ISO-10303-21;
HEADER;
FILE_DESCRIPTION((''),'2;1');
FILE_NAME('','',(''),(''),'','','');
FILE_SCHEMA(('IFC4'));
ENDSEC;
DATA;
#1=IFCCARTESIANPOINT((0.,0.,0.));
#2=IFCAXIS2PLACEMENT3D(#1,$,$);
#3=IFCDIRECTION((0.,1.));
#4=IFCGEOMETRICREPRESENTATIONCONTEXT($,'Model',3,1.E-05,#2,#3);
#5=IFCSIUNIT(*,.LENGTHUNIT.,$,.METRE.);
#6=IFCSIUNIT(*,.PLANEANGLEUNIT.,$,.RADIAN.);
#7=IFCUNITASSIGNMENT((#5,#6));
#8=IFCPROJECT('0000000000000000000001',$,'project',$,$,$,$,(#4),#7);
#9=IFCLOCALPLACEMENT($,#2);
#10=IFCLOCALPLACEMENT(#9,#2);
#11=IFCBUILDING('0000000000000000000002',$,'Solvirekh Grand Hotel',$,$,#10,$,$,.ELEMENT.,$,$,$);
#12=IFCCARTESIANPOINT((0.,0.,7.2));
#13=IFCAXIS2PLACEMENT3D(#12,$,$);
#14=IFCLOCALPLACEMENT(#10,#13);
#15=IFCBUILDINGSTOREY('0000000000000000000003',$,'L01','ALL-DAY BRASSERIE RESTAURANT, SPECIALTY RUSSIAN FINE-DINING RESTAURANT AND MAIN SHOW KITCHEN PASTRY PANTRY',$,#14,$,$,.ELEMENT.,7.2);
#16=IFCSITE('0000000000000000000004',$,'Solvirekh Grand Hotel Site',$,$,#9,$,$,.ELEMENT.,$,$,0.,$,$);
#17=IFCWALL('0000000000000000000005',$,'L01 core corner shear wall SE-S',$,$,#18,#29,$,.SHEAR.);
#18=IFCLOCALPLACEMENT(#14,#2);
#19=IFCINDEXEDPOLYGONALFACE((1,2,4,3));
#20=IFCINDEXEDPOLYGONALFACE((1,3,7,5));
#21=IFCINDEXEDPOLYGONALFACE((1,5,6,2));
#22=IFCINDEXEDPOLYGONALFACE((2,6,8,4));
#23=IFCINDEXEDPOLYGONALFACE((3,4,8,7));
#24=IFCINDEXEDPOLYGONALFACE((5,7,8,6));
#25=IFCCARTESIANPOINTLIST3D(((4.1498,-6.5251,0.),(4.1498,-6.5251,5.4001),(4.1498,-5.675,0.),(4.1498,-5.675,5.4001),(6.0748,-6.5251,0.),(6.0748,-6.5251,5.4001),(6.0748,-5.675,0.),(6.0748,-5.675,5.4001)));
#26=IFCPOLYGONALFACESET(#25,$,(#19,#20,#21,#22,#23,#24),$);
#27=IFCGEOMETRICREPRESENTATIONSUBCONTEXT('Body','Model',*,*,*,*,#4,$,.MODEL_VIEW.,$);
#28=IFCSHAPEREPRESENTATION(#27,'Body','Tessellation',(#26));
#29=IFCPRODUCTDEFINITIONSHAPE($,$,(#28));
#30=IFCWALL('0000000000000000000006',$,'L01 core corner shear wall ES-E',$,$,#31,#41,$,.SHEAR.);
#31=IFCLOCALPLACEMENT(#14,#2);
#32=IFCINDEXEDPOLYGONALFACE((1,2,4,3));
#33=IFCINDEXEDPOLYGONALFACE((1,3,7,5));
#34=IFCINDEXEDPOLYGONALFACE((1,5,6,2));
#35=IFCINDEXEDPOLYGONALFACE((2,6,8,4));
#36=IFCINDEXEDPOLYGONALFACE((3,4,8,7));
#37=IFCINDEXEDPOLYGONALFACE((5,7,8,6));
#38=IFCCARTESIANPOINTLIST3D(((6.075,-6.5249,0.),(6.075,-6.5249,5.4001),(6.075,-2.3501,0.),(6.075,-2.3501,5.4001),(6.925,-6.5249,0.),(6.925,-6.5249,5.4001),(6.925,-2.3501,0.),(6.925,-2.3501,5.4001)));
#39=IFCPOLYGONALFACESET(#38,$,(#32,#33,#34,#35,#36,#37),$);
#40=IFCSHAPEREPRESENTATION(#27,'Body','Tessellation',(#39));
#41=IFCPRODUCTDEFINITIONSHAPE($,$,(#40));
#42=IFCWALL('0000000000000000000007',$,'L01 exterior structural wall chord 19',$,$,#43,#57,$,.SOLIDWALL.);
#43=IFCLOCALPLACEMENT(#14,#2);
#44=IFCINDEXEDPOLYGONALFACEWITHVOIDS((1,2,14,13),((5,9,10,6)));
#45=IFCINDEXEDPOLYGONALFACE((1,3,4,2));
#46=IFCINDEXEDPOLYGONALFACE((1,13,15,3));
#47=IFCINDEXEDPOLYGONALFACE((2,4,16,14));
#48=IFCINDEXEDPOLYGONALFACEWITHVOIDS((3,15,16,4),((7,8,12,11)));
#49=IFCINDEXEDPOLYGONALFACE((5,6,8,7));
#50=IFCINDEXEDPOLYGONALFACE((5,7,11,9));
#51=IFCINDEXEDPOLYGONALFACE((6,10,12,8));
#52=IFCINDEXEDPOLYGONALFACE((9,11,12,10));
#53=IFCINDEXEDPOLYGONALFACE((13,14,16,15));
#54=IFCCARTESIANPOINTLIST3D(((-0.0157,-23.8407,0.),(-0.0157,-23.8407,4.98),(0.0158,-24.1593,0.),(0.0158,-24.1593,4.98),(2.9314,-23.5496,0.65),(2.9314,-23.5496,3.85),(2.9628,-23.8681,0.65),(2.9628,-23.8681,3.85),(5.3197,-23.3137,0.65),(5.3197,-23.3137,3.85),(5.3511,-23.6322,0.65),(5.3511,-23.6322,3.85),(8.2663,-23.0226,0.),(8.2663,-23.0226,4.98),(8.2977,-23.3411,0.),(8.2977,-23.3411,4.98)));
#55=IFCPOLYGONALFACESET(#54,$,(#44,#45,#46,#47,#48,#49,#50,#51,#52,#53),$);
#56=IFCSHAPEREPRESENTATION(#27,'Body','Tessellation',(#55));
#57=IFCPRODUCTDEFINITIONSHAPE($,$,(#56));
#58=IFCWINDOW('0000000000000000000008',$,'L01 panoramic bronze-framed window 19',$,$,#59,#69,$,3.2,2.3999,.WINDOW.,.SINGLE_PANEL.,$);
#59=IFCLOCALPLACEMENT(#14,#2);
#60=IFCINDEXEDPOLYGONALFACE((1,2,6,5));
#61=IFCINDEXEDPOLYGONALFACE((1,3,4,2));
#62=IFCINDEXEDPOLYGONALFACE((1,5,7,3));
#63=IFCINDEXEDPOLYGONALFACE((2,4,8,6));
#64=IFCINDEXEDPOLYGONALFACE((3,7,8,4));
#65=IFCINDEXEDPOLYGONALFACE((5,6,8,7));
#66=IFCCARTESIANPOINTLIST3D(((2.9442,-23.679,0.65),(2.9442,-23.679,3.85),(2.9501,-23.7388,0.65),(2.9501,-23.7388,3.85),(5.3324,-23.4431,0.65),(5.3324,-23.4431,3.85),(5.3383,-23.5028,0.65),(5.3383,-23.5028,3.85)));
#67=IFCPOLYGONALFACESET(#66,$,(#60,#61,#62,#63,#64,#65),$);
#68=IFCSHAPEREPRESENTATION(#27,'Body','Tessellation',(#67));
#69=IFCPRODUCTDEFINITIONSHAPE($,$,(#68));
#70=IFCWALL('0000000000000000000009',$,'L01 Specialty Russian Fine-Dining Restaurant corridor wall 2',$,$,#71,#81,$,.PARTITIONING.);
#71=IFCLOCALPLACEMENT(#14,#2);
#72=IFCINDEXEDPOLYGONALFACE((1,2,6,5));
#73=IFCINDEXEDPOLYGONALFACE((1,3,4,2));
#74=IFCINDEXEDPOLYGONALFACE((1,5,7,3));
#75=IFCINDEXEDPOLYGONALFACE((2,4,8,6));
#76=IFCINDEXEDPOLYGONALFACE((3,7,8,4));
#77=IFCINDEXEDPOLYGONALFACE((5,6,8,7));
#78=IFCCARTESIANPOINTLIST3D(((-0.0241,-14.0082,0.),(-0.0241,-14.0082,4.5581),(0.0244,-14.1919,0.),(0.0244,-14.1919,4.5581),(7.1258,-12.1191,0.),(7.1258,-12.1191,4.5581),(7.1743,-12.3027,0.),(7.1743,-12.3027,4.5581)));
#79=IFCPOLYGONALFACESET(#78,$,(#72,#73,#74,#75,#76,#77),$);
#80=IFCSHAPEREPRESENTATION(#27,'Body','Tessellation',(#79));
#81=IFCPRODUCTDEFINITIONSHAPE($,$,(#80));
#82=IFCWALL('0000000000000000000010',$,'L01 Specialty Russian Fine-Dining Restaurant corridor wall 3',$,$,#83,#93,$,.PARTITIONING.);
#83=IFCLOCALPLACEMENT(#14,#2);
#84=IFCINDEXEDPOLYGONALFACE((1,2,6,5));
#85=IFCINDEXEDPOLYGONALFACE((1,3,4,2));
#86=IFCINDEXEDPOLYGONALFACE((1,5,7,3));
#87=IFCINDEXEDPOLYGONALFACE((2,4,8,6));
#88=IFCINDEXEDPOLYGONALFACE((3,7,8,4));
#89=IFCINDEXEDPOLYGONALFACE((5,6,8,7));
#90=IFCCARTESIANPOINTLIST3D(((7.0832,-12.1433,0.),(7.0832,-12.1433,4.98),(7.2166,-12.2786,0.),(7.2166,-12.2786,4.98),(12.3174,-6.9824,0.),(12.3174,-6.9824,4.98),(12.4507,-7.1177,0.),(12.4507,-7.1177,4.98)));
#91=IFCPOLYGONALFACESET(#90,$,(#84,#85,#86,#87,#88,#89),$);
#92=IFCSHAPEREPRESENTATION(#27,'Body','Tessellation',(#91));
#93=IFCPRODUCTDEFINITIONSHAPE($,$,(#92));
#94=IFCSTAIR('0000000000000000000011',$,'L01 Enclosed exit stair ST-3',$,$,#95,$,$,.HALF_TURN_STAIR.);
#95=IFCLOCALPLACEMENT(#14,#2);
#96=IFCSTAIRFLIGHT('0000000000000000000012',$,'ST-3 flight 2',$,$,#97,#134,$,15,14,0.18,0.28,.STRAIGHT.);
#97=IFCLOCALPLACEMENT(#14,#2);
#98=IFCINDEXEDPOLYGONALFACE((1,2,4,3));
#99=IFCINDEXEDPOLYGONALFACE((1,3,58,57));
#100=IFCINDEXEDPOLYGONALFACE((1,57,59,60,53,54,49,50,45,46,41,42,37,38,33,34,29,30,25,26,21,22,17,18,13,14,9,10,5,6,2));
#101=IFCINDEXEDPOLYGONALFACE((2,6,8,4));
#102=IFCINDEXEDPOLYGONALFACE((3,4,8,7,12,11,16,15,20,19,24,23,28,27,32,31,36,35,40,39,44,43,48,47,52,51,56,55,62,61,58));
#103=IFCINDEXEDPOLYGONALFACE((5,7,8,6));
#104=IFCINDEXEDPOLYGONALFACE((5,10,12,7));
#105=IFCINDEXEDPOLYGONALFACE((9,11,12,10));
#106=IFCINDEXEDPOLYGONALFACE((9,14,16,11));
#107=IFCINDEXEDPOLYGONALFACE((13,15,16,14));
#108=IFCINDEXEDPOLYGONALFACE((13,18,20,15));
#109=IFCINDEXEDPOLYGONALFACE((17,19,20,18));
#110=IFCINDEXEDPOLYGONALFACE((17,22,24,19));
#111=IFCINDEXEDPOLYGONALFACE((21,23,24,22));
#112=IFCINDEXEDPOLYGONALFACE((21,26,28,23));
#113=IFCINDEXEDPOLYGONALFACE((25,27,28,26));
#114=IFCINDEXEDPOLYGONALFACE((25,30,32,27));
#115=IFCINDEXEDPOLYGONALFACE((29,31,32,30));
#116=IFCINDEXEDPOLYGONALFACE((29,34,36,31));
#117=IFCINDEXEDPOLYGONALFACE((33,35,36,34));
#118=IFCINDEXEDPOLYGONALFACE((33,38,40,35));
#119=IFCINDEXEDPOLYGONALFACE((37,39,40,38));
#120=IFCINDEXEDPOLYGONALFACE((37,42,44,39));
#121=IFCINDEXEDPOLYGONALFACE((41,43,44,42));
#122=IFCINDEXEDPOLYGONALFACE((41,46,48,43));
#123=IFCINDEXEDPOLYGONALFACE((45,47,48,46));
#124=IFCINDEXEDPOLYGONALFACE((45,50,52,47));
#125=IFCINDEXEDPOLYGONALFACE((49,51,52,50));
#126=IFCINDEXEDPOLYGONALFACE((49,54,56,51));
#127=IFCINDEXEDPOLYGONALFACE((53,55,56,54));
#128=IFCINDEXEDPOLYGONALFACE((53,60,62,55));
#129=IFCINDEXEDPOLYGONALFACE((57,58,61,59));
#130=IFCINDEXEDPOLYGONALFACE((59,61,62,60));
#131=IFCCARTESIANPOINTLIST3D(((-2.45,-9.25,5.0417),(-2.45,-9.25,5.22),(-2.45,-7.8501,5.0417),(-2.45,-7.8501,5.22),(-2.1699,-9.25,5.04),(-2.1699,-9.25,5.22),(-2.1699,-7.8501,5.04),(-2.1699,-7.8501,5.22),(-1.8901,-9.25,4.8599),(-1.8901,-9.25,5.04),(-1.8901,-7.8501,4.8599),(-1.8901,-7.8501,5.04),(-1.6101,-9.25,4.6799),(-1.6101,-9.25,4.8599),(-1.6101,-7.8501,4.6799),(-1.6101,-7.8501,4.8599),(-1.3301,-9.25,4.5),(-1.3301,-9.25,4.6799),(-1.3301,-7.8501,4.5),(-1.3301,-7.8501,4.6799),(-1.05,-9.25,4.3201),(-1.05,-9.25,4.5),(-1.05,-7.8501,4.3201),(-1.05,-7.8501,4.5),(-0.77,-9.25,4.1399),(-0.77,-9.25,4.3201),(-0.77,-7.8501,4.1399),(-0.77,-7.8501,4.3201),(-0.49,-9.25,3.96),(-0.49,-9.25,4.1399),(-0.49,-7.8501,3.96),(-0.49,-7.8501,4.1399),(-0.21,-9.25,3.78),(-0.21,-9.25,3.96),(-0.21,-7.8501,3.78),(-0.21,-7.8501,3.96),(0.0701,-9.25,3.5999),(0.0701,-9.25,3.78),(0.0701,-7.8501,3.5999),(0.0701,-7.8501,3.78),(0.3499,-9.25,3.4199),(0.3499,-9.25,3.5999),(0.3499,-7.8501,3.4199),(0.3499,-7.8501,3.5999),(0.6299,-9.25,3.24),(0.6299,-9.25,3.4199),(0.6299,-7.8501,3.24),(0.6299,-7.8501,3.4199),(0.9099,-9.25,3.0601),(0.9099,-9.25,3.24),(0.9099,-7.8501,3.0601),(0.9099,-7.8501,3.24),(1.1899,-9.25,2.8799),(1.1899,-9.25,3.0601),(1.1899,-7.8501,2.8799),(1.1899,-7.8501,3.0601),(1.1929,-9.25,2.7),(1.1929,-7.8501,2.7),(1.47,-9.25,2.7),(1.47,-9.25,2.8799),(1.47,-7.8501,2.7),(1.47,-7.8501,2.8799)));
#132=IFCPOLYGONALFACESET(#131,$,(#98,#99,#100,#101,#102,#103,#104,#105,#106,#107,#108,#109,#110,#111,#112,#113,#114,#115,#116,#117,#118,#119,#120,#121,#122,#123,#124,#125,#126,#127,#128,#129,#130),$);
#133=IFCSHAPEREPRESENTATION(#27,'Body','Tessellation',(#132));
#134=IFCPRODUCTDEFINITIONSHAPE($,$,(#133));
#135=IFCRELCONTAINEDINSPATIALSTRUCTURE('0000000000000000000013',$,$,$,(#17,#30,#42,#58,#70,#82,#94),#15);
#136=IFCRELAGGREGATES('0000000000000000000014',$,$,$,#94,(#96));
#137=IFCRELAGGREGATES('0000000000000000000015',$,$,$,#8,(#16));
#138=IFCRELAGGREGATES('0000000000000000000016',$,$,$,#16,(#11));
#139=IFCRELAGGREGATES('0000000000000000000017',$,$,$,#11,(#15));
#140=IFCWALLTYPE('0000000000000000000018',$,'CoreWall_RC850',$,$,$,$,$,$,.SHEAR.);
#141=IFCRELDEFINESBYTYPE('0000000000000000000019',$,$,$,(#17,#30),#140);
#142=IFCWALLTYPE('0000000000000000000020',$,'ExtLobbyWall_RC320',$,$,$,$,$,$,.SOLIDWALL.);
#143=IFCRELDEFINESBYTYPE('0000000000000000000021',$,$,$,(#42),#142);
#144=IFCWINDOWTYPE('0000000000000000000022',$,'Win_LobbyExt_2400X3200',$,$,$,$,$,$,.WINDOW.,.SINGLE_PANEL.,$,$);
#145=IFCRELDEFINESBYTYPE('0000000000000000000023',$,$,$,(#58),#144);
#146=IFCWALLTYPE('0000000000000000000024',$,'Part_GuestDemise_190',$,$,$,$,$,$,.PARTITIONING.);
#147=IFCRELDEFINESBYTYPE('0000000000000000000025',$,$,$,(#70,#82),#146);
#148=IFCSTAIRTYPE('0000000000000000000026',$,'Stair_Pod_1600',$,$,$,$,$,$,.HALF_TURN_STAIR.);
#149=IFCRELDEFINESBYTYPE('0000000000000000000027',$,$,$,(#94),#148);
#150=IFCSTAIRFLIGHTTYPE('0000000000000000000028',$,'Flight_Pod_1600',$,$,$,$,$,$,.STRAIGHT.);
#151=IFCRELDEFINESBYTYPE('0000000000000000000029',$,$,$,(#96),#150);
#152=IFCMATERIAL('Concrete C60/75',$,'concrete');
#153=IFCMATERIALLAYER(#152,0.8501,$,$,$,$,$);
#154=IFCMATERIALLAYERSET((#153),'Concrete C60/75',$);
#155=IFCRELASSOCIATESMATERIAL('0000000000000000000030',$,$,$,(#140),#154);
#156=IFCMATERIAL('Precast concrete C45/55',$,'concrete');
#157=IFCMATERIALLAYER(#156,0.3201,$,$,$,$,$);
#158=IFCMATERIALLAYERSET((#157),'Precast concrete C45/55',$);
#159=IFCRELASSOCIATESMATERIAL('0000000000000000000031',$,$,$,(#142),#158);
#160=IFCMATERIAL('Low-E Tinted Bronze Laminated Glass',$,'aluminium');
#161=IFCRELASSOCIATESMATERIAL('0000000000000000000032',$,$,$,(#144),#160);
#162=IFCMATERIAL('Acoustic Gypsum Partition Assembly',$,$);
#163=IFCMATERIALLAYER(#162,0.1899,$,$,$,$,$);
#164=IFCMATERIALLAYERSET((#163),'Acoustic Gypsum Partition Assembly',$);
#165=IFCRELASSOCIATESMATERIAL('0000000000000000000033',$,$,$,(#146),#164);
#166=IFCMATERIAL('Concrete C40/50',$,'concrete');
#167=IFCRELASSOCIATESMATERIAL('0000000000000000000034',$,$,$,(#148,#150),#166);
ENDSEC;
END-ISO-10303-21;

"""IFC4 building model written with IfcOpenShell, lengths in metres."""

from ifc_helpers import new_model, si_unit, direction, frame, frame_2d, origin, place, context, subcontext, project, spatial, polyline, rectangle, outline, extrude, material, layer, layer_set, type_object, element, fill, aggregate, save


model = new_model("IFC4")

# Units and contexts
model_context = context("Model", 3, precision=1e-05, world=origin(), true_north=direction((0.0, 1.0)))
body_context = subcontext(model_context, "Body", "Model", "MODEL_VIEW")
ifc_project = project(units=[si_unit("LENGTHUNIT", "METRE"), si_unit("PLANEANGLEUNIT", "RADIAN")], contexts=[model_context])

# Site, building, storey
site_placement = place(None, origin())
site = spatial("IfcSite", under=ifc_project, at=site_placement, Name="Solvirekh Grand Hotel Site", CompositionType="ELEMENT", RefElevation=0.0)
building_placement = place(site_placement, origin())
building = spatial("IfcBuilding", under=site, at=building_placement, Name="Solvirekh Grand Hotel", CompositionType="ELEMENT")
storey_placement = place(building_placement, frame((0.0, 0.0, 7.2)))
storey = spatial("IfcBuildingStorey", under=building, at=storey_placement, Name="L01", Description="ALL-DAY BRASSERIE RESTAURANT, SPECIALTY RUSSIAN FINE-DINING RESTAURANT AND MAIN SHOW KITCHEN PASTRY PANTRY", CompositionType="ELEMENT", Elevation=7.2)

# Shared definitions
ifc_material_1 = material(Name="Concrete C60/75", Category="concrete")

# Shared definitions
ifc_material_2 = material(Name="Low-E Tinted Bronze Laminated Glass", Category="aluminium")

# Walls
ifc_layer_1 = layer(ifc_material_1, 0.8501)
ifc_layer_set_1 = layer_set([ifc_layer_1], Name="Concrete C60/75")
wall_type_1 = type_object("IfcWallType", Name="CoreWall_RC850", PredefinedType="SHEAR", material=ifc_layer_set_1)
wall_1_placement = place(storey_placement, frame((4.1499, -6.1001, 0.0), z_axis=(0.0, 0.0, 1.0), x_axis=(1.0, 0.0, 0.0)))
element("IfcWall", 1, at=wall_1_placement, inside=storey, type_object=wall_type_1, Name="L01 core corner shear wall SE-S", PredefinedType="SHEAR", context=body_context, shape_type="SweptSolid", body=[
    extrude(rectangle(XDim=1.925, YDim=0.8501, at=frame_2d((0.9624, 0.0))), origin(), (0.0, 0.0, 1.0), 5.4001),
])
wall_2_placement = place(storey_placement, frame((6.5, -6.5249, 0.0), z_axis=(0.0, 0.0, 1.0), x_axis=(0.0, 1.0, 0.0)))
element("IfcWall", 2, at=wall_2_placement, inside=storey, type_object=wall_type_1, Name="L01 core corner shear wall ES-E", PredefinedType="SHEAR", context=body_context, shape_type="SweptSolid", body=[
    extrude(rectangle(XDim=4.1748, YDim=0.8501, at=frame_2d((2.0874, 0.0))), origin(), (0.0, 0.0, 1.0), 5.4001),
])

# Wall, opening, window
ifc_material_3 = material(Name="Precast concrete C45/55", Category="concrete")
ifc_layer_2 = layer(ifc_material_3, 0.3201)
ifc_layer_set_2 = layer_set([ifc_layer_2], Name="Precast concrete C45/55")
wall_type_2 = type_object("IfcWallType", Name="ExtLobbyWall_RC320", PredefinedType="SOLIDWALL", material=ifc_layer_set_2)
wall_3_placement = place(storey_placement, frame((8.282, -23.1819, 0.0), z_axis=(0.0, 0.0, 1.0), x_axis=(-0.995156, -0.098304, 0.0)))
wall_3 = element("IfcWall", 3, at=wall_3_placement, inside=storey, type_object=wall_type_2, Name="L01 exterior structural wall chord 19", PredefinedType="SOLIDWALL", context=body_context, shape_type="SweptSolid", body=[
    extrude(rectangle(XDim=8.3223, YDim=0.3201, at=frame_2d((4.1611, 0.0))), origin(), (0.0, 0.0, 1.0), 4.98),
])
opening_placement = place(wall_3_placement, frame((2.9609, 0.0, 0.6499)))
opening = element("IfcOpeningElement", 4, at=opening_placement, cuts=wall_3, PredefinedType="OPENING", context=body_context, shape_type="SweptSolid", body=[
    extrude(rectangle(XDim=2.3999, YDim=3.2, at=frame_2d((1.2, 1.6001))), frame((0.0, 0.1699, 0.0), z_axis=(0.0, -1.0, 0.0), x_axis=(1.0, 0.0, 0.0)), (0.0, 0.0, 1.0), 0.3401),
])
window_type = type_object("IfcWindowType", Name="Win_LobbyExt_2400X3200", PartitioningType="SINGLE_PANEL", PredefinedType="WINDOW", material=ifc_material_2)
window_placement = place(opening_placement, origin())
window = element("IfcWindow", 5, at=window_placement, inside=storey, type_object=window_type, Name="L01 panoramic bronze-framed window 19", OverallHeight=3.2, OverallWidth=2.3999, PartitioningType="SINGLE_PANEL", PredefinedType="WINDOW", context=body_context, shape_type="SweptSolid", body=[
    extrude(rectangle(XDim=2.3999, YDim=3.2, at=frame_2d((1.2, 1.6001))), frame((0.0, 0.03, 0.0), z_axis=(0.0, -1.0, 0.0), x_axis=(1.0, 0.0, 0.0)), (0.0, 0.0, 1.0), 0.0601),
])
fill(opening, window)

# Walls
ifc_material_4 = material(Name="Acoustic Gypsum Partition Assembly")
ifc_layer_3 = layer(ifc_material_4, 0.1899)
ifc_layer_set_3 = layer_set([ifc_layer_3], Name="Acoustic Gypsum Partition Assembly")
wall_type_3 = type_object("IfcWallType", Name="Part_GuestDemise_190", PredefinedType="PARTITIONING", material=ifc_layer_set_3)
wall_4_placement = place(storey_placement, frame((0.0, -14.1001, 0.0), z_axis=(0.0, 0.0, 1.0), x_axis=(0.966821, 0.255455, 0.0)))
element("IfcWall", 6, at=wall_4_placement, inside=storey, type_object=wall_type_3, Name="L01 Specialty Russian Fine-Dining Restaurant corridor wall 2", PredefinedType="PARTITIONING", context=body_context, shape_type="SweptSolid", body=[
    extrude(rectangle(XDim=7.3953, YDim=0.1899, at=frame_2d((3.6978, 0.0))), origin(), (0.0, 0.0, 1.0), 4.5581),
])
wall_5_placement = place(storey_placement, frame((7.1499, -12.2109, 0.0), z_axis=(0.0, 0.0, 1.0), x_axis=(0.712071, 0.702107, 0.0)))
element("IfcWall", 7, at=wall_5_placement, inside=storey, type_object=wall_type_3, Name="L01 Specialty Russian Fine-Dining Restaurant corridor wall 3", PredefinedType="PARTITIONING", context=body_context, shape_type="SweptSolid", body=[
    extrude(rectangle(XDim=7.3506, YDim=0.1899, at=frame_2d((3.6753, 0.0))), origin(), (0.0, 0.0, 1.0), 4.98),
])

# Stair, stair flight
ifc_material_5 = material(Name="Concrete C40/50", Category="concrete")
stair_type = type_object("IfcStairType", Name="Stair_Pod_1600", PredefinedType="HALF_TURN_STAIR", material=ifc_material_5)
stair_placement = place(storey_placement, origin())
stair = element("IfcStair", 8, at=stair_placement, inside=storey, type_object=stair_type, Name="L01 Enclosed exit stair ST-3", PredefinedType="HALF_TURN_STAIR")
stair_flight_type = type_object("IfcStairFlightType", Name="Flight_Pod_1600", PredefinedType="STRAIGHT", material=ifc_material_5)
stair_flight_placement = place(storey_placement, frame((1.47, -8.55, 2.7), z_axis=(0.0, 0.0, 1.0), x_axis=(-1.0, 0.0, 0.0)))
stair_flight = element("IfcStairFlight", 9, at=stair_flight_placement, type_object=stair_flight_type, Name="ST-3 flight 2", NumberOfRisers=15, NumberOfTreads=14, PredefinedType="STRAIGHT", RiserHeight=0.18, TreadLength=0.28, context=body_context, shape_type="SweptSolid", body=[
    extrude(outline(polyline([(0.0, 0.0), (0.0, 0.1799), (0.28, 0.1799), (0.28, 0.3601), (0.5601, 0.3601), (0.5601, 0.54), (0.8401, 0.54), (0.8401, 0.72), (1.1201, 0.72), (1.1201, 0.8999), (1.3999, 0.8999), (1.3999, 1.0801), (1.6799, 1.0801), (1.6799, 1.26), (1.96, 1.26), (1.96, 1.4399), (2.24, 1.4399), (2.24, 1.6201), (2.52, 1.6201), (2.52, 1.8), (2.8, 1.8), (2.8, 1.98), (3.0801, 1.98), (3.0801, 2.1599), (3.3601, 2.1599), (3.3601, 2.3401), (3.6399, 2.3401), (3.6399, 2.52), (3.9199, 2.52), (3.9199, 2.7), (3.9199, 2.3418), (0.2771, 0.0), (0.0, 0.0)])), frame((0.0, 0.7, 0.0), z_axis=(0.0, -1.0, 0.0), x_axis=(1.0, 0.0, 0.0)), (0.0, 0.0, 1.0), 1.3999),
])
aggregate(stair, [stair_flight])

save(model, "model.ifc")
